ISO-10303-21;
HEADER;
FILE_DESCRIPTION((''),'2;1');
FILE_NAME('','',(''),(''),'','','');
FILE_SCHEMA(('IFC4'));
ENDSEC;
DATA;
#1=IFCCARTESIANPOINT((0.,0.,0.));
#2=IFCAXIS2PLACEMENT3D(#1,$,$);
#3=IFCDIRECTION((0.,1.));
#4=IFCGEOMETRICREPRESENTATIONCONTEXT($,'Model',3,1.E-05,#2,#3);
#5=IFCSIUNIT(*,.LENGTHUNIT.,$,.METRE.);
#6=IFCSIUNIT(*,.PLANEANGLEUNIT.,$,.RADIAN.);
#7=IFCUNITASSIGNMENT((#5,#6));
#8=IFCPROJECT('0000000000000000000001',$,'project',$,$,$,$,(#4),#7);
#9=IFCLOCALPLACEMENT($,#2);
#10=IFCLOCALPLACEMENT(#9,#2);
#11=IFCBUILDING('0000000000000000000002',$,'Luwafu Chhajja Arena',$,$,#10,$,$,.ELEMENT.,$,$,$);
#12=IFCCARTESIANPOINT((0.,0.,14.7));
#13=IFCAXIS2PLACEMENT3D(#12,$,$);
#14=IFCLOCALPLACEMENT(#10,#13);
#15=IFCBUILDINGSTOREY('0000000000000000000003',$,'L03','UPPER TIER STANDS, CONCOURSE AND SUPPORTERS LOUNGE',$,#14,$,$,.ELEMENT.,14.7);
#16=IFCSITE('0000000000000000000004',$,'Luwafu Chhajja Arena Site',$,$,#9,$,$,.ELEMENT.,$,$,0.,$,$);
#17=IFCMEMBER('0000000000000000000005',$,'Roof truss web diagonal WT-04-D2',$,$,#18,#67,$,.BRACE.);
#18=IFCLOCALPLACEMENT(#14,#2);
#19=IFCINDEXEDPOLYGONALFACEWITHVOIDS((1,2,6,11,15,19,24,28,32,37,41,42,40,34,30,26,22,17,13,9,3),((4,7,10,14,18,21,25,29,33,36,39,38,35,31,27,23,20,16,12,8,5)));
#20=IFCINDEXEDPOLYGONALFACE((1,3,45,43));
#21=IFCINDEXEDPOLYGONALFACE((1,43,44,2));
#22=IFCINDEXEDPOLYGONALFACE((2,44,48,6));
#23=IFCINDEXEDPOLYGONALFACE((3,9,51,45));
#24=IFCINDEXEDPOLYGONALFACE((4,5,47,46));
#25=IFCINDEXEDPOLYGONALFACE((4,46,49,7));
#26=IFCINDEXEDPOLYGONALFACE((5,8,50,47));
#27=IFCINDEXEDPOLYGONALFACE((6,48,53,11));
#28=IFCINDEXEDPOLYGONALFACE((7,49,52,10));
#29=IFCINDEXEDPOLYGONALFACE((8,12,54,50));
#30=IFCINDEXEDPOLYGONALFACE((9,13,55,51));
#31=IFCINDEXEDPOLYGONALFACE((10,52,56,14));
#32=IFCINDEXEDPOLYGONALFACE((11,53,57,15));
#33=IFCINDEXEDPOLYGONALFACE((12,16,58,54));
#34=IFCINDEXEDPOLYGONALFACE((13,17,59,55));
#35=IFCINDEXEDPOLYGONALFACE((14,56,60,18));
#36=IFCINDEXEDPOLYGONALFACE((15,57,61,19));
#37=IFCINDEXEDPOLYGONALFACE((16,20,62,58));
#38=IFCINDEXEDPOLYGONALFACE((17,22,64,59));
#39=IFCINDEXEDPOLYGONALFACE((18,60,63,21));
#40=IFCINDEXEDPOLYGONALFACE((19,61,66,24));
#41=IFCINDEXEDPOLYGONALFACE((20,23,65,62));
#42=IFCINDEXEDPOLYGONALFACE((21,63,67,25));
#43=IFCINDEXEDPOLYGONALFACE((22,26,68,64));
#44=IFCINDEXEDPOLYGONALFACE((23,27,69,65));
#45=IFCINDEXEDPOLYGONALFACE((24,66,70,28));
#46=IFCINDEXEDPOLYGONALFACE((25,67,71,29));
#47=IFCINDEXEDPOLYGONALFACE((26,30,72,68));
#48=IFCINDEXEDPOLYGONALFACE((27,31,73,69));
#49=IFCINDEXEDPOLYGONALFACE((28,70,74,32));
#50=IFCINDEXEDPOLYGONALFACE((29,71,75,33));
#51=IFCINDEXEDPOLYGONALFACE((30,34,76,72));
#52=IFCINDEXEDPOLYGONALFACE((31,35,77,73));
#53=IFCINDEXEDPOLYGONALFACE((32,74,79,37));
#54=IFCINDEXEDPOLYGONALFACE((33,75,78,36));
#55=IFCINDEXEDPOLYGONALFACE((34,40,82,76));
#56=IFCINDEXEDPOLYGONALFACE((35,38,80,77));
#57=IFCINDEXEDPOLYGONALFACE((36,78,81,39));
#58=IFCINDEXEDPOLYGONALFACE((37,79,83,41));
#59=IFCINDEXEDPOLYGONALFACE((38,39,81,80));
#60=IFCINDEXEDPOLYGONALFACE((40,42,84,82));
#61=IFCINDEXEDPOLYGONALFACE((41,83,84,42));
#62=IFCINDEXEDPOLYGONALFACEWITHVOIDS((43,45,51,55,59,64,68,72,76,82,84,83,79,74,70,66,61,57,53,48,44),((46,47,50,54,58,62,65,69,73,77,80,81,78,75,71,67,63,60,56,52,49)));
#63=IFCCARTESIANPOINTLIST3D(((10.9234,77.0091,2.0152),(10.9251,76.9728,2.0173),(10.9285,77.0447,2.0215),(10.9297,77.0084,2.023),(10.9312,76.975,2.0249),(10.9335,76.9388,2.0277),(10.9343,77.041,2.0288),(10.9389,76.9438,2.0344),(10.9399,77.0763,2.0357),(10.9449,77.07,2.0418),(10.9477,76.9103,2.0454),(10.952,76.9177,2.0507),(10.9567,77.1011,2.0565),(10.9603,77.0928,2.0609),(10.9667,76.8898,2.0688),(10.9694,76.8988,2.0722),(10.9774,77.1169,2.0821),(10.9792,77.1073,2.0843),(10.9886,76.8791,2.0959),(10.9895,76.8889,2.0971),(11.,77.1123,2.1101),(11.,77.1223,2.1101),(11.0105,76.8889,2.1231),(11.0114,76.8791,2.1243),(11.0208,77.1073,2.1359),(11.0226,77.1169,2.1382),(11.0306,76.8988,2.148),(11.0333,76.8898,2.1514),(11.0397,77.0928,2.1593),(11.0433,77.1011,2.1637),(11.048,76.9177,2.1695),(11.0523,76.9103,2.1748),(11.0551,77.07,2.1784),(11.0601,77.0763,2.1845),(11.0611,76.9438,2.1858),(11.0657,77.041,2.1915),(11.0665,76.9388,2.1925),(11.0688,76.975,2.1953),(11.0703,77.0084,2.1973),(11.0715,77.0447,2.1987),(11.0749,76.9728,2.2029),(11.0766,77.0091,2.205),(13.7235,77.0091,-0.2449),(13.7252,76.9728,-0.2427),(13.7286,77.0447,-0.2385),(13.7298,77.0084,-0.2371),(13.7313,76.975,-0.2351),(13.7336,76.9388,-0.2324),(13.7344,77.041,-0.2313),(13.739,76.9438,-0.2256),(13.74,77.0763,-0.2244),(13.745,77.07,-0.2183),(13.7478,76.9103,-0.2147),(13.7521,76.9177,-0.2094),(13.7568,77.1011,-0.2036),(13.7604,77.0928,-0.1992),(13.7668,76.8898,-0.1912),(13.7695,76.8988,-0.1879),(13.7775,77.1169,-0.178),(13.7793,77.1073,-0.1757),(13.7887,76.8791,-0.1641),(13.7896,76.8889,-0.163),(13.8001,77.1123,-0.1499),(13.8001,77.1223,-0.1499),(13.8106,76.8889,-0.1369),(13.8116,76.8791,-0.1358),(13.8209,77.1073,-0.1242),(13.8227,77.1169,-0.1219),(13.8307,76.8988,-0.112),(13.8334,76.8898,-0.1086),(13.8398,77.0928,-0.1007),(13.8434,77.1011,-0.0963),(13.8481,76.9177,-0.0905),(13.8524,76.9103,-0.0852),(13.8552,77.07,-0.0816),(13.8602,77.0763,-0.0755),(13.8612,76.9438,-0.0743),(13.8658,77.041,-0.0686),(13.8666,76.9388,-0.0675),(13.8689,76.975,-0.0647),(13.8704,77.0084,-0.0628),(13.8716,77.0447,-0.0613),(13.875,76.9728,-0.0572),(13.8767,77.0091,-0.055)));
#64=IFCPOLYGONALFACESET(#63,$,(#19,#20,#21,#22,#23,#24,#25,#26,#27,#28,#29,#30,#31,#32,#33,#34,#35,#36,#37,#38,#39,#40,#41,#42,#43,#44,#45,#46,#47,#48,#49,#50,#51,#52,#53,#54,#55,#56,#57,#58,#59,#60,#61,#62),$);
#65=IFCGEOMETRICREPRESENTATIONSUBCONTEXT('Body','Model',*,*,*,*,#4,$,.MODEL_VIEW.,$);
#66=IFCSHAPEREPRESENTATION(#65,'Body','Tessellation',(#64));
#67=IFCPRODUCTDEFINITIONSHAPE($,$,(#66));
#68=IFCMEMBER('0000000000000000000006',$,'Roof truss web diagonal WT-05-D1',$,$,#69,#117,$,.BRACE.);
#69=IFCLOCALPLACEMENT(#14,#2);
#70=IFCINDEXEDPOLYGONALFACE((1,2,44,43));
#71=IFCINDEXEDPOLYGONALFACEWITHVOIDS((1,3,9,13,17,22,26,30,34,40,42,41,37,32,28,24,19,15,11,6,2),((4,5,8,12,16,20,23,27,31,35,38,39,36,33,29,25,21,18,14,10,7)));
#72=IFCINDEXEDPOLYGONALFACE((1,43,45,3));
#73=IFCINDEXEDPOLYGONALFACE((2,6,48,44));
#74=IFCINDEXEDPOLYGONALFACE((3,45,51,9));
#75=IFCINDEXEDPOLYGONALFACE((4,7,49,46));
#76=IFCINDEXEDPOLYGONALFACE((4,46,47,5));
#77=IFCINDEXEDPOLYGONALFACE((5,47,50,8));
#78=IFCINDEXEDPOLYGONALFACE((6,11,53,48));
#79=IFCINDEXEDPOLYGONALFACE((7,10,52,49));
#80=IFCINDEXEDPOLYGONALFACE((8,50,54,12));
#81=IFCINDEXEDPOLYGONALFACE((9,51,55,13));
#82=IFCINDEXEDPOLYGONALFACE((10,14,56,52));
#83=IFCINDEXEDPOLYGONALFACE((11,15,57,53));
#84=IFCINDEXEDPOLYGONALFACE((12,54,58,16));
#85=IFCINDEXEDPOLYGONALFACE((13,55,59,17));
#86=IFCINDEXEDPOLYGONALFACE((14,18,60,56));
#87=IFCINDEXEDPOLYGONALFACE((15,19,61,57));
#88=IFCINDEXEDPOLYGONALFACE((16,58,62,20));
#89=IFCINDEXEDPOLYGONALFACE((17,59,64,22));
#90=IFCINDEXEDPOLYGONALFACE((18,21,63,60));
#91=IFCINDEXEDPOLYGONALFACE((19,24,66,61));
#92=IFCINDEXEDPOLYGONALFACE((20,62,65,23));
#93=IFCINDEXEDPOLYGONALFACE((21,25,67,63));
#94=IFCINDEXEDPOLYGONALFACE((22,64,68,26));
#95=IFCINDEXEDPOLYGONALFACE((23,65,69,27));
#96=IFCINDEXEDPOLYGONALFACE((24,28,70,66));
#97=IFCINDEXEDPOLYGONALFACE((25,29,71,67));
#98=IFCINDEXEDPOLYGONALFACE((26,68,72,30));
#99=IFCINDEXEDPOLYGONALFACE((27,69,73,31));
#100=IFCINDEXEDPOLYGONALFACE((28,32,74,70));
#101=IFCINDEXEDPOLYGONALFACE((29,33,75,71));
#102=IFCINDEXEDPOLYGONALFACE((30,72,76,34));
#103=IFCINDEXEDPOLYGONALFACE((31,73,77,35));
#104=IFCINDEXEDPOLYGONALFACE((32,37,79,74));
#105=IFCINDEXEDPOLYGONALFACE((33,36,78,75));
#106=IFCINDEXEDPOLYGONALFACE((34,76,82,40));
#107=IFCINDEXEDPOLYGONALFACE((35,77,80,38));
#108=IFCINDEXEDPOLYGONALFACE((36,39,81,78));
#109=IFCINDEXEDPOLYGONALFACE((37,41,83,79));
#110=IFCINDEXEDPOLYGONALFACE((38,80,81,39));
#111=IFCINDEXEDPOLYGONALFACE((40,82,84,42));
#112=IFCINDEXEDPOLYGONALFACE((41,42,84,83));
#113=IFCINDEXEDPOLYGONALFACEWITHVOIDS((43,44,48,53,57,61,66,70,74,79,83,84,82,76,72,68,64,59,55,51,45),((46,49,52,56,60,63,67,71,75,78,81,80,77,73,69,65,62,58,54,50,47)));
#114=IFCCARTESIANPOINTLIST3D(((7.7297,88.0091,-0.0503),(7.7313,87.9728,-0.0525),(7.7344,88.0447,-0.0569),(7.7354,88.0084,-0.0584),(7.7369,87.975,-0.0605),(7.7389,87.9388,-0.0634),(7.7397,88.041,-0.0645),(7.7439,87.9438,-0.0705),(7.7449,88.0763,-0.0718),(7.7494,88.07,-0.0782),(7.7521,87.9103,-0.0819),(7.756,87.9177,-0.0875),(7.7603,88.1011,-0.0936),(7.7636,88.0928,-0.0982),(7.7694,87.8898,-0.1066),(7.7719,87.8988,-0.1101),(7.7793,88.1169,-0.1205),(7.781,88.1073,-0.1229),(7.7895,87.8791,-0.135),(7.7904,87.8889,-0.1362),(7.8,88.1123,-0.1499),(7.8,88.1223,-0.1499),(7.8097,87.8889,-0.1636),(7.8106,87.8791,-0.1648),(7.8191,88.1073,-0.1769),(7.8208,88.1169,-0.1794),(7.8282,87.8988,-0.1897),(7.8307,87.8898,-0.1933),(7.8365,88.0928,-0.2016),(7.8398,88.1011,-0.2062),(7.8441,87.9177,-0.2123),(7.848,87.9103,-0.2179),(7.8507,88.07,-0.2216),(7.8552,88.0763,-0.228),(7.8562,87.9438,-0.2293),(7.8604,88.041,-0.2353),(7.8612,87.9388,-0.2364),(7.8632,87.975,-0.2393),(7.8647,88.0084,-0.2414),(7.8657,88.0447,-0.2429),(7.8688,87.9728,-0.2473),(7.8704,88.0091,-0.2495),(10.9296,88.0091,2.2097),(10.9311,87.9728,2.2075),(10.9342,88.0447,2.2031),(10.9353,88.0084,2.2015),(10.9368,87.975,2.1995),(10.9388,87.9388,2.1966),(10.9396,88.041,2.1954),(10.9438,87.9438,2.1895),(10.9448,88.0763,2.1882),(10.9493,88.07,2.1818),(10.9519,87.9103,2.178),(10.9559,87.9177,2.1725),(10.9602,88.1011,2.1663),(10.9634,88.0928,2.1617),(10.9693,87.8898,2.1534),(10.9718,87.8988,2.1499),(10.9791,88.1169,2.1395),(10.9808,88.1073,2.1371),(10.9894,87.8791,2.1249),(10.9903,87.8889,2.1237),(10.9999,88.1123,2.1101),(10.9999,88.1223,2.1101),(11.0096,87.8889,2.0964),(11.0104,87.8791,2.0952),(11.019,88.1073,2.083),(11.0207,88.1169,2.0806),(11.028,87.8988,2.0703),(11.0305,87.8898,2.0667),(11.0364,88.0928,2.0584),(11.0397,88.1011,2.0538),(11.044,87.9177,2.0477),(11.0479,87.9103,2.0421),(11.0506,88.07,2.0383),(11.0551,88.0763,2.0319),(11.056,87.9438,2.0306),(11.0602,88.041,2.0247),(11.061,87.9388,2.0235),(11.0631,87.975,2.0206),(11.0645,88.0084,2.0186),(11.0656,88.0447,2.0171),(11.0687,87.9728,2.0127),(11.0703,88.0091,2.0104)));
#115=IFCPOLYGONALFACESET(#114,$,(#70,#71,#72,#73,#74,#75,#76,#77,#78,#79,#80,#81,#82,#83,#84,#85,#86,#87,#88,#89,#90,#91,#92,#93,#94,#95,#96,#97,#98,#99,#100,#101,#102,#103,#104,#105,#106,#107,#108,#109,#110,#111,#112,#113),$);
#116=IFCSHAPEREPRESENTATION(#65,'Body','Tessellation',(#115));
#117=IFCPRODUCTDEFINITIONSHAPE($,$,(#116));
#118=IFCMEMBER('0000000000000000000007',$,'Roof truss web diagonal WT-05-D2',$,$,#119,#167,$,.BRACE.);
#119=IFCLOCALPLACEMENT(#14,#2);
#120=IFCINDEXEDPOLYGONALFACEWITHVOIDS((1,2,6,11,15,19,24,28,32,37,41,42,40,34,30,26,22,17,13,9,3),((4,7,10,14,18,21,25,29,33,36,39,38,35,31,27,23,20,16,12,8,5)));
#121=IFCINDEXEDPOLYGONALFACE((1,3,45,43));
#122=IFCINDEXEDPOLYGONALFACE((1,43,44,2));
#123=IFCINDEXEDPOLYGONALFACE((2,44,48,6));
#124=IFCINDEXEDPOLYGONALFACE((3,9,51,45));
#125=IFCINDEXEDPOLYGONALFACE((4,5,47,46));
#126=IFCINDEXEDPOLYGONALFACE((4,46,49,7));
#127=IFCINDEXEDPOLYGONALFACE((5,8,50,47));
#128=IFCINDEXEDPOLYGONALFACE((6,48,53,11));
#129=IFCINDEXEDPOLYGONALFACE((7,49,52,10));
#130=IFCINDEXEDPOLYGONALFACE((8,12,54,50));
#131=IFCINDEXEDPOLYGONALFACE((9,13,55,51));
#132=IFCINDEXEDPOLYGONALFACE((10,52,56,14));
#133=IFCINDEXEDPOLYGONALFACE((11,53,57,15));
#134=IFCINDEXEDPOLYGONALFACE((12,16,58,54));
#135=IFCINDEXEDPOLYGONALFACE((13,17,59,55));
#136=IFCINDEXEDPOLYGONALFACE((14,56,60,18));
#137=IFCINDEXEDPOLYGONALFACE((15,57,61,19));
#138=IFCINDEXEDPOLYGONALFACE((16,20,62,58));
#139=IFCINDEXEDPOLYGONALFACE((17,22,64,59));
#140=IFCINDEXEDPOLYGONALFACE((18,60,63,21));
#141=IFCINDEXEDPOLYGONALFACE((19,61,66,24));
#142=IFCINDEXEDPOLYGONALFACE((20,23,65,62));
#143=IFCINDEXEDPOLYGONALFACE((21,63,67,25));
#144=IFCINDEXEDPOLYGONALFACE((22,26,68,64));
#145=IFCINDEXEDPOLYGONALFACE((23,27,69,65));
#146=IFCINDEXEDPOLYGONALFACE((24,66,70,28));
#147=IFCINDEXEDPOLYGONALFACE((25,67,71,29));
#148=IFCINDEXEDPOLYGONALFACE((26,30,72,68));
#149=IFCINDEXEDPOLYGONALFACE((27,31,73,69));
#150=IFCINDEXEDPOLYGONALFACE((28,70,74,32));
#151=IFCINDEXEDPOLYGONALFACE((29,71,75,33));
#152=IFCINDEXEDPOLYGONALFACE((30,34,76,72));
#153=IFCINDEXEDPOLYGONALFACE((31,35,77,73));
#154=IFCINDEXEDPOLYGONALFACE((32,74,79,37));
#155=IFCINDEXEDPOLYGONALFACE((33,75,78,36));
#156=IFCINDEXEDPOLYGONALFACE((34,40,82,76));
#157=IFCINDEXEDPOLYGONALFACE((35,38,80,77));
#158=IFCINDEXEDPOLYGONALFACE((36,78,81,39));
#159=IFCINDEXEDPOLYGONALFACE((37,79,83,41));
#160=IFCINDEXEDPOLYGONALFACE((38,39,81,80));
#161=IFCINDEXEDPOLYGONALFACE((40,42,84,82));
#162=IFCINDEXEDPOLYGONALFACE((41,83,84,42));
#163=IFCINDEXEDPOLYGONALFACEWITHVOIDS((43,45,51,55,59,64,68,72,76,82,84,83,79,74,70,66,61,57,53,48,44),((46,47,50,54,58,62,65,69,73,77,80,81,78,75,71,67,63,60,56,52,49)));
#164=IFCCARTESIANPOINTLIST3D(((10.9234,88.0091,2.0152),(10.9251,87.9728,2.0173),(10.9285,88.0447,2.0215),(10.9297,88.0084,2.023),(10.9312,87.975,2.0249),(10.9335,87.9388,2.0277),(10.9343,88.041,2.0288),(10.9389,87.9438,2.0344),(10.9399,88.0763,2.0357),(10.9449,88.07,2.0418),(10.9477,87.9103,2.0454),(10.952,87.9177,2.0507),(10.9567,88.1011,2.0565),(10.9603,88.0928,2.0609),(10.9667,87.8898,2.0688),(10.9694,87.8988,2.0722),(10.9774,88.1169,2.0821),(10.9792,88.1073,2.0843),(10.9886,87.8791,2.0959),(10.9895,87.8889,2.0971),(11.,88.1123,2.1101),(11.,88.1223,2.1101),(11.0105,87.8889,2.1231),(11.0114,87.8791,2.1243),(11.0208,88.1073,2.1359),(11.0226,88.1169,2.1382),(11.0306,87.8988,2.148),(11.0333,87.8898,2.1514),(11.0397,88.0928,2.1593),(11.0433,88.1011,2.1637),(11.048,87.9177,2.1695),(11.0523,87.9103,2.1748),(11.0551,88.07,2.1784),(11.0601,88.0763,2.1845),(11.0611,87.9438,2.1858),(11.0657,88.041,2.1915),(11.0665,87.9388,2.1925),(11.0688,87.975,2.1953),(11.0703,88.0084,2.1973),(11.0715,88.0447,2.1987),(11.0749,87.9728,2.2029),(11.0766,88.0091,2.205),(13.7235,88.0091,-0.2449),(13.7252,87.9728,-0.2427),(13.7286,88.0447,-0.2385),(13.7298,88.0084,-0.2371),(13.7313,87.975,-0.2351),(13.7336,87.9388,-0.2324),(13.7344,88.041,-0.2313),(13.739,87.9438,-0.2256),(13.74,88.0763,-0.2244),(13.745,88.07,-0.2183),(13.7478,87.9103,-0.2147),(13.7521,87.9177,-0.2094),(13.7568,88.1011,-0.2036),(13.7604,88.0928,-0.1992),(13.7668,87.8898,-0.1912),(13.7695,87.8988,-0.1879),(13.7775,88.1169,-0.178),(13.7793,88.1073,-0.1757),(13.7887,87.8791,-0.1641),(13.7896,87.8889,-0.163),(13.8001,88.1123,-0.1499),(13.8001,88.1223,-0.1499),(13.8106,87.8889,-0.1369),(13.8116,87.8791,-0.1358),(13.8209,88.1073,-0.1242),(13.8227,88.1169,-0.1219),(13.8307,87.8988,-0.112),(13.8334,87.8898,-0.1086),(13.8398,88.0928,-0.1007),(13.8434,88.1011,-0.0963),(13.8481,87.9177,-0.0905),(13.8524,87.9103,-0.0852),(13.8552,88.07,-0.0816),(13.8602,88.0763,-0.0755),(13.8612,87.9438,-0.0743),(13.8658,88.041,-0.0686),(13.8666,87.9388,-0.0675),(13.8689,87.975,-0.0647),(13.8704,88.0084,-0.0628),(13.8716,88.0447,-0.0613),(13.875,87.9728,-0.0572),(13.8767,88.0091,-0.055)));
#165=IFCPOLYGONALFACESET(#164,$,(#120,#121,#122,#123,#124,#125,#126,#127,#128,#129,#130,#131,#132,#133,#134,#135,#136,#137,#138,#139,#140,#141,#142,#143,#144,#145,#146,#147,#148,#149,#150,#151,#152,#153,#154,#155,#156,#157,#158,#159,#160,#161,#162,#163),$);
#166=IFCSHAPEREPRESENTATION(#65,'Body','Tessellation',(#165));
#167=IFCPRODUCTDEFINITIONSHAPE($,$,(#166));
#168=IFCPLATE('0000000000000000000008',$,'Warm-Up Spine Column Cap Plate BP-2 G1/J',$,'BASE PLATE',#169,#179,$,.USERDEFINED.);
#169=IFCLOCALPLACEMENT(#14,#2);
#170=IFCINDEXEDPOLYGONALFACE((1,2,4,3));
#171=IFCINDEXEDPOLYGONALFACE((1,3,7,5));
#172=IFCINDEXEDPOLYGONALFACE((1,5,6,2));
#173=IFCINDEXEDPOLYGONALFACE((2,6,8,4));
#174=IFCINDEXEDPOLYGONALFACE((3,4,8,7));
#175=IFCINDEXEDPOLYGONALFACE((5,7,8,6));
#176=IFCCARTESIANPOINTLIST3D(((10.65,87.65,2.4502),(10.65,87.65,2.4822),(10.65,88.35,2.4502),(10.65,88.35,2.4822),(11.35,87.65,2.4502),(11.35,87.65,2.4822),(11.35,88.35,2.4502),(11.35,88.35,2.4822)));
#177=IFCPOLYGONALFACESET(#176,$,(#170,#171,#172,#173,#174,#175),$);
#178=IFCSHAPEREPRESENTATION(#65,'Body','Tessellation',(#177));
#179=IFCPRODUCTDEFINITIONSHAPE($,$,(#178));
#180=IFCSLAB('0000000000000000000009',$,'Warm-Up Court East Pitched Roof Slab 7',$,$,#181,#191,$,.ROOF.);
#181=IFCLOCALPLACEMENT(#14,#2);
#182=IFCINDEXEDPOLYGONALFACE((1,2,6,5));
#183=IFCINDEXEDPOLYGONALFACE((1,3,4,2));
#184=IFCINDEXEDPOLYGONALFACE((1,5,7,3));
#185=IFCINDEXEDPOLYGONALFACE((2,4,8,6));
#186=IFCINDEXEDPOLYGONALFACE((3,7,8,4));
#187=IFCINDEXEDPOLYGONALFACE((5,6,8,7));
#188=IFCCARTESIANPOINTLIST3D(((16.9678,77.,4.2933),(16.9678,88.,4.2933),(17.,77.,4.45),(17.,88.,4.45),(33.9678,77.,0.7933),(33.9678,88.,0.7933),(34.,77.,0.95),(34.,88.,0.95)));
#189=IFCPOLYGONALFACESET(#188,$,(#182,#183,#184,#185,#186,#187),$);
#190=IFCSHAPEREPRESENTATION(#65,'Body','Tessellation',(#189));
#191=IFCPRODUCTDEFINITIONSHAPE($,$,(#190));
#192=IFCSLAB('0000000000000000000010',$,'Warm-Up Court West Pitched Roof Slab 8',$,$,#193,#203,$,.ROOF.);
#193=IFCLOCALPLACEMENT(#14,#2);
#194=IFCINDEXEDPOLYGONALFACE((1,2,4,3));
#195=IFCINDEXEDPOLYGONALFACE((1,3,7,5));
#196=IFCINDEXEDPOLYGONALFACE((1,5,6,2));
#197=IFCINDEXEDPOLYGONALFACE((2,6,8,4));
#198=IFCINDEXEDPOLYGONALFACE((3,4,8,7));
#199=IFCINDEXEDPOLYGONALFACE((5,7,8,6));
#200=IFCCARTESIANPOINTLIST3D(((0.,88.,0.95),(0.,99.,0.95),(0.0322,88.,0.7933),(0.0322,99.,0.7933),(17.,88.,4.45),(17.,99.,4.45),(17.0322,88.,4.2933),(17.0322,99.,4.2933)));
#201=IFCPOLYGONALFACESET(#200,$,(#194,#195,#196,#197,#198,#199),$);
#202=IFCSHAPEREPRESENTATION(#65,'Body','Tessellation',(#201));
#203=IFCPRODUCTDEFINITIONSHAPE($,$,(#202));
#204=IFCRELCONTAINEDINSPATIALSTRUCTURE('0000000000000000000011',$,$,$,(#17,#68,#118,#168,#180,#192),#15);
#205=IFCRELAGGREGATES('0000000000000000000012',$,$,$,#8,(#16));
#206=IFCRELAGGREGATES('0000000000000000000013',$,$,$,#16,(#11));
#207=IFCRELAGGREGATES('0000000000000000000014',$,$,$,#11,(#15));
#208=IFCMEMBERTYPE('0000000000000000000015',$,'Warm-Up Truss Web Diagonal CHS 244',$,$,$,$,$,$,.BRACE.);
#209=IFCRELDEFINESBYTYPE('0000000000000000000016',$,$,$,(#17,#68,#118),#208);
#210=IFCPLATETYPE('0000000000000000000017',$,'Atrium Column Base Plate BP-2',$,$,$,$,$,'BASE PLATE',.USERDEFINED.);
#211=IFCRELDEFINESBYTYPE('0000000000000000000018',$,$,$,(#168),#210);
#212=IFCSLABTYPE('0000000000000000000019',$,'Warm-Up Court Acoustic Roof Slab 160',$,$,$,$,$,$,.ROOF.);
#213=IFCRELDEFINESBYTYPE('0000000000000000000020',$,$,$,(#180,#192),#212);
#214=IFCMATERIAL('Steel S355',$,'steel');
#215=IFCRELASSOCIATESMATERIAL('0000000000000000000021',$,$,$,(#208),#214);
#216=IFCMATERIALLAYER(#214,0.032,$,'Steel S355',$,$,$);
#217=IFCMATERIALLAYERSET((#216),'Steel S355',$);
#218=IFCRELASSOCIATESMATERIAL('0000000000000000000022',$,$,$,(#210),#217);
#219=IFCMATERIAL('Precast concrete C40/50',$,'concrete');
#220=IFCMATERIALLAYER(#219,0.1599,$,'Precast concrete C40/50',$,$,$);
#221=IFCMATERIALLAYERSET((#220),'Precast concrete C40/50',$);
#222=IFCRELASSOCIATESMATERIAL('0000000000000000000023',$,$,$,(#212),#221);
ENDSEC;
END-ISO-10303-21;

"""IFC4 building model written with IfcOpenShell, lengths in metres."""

from ifc_helpers import new_model, si_unit, direction, frame, origin, origin_2d, place, context, subcontext, project, spatial, polyline, rectangle, hollow_circle, outline, extrude, material, layer, layer_set, material_profile, profile_set, type_object, element, save


model = new_model("IFC4")

# Units and contexts
model_context = context("Model", 3, precision=1e-05, world=origin(), true_north=direction((0.0, 1.0)))
body_context = subcontext(model_context, "Body", "Model", "MODEL_VIEW")
ifc_project = project(units=[si_unit("LENGTHUNIT", "METRE"), si_unit("PLANEANGLEUNIT", "RADIAN")], contexts=[model_context])

# Site, building, storey
site_placement = place(None, origin())
site = spatial("IfcSite", under=ifc_project, at=site_placement, Name="Luwafu Chhajja Arena Site", CompositionType="ELEMENT", RefElevation=0.0)
building_placement = place(site_placement, origin())
building = spatial("IfcBuilding", under=site, at=building_placement, Name="Luwafu Chhajja Arena", CompositionType="ELEMENT")
storey_placement = place(building_placement, frame((0.0, 0.0, 14.7)))
storey = spatial("IfcBuildingStorey", under=building, at=storey_placement, Name="L03", Description="UPPER TIER STANDS, CONCOURSE AND SUPPORTERS LOUNGE", CompositionType="ELEMENT", Elevation=14.7)

# Shared definitions
ifc_material_1 = material(Name="Steel S355", Category="steel")

# Members
ifc_material_profile_1 = material_profile(ifc_material_1, hollow_circle(Radius=0.1223, WallThickness=0.01, at=origin_2d()), Name="CHS 244.5x10")
ifc_profile_set_1 = profile_set([ifc_material_profile_1], Name="Steel S355")
member_type_1 = type_object("IfcMemberType", Name="Warm-Up Truss Web Diagonal CHS 244", PredefinedType="BRACE", material=ifc_profile_set_1)
member_1_placement = place(storey_placement, frame((11.0, 77.0, 2.1101), z_axis=(0.778154, 0.0, -0.628073), x_axis=(0.0, 1.0, 0.0)))
element("IfcMember", 1, at=member_1_placement, inside=storey, type_object=member_type_1, Name="Roof truss web diagonal WT-04-D2", PredefinedType="BRACE", context=body_context, shape_type="SweptSolid", body=[
    extrude(hollow_circle(Radius=0.1223, WallThickness=0.01, at=origin_2d()), origin(), (0.0, 0.0, 1.0), 3.5984),
])
member_2_placement = place(storey_placement, frame((7.8, 88.0, -0.1499), z_axis=(0.816821, 0.0, 0.576891), x_axis=(0.0, 1.0, 0.0)))
element("IfcMember", 2, at=member_2_placement, inside=storey, type_object=member_type_1, Name="Roof truss web diagonal WT-05-D1", PredefinedType="BRACE", context=body_context, shape_type="SweptSolid", body=[
    extrude(hollow_circle(Radius=0.1223, WallThickness=0.01, at=origin_2d()), origin(), (0.0, 0.0, 1.0), 3.9175),
])
member_3_placement = place(storey_placement, frame((11.0, 88.0, 2.1101), z_axis=(0.778154, 0.0, -0.628073), x_axis=(0.0, 1.0, 0.0)))
element("IfcMember", 3, at=member_3_placement, inside=storey, type_object=member_type_1, Name="Roof truss web diagonal WT-05-D2", PredefinedType="BRACE", context=body_context, shape_type="SweptSolid", body=[
    extrude(hollow_circle(Radius=0.1223, WallThickness=0.01, at=origin_2d()), origin(), (0.0, 0.0, 1.0), 3.5984),
])

# Plate
ifc_layer_1 = layer(ifc_material_1, 0.032, Name="Steel S355")
ifc_layer_set_1 = layer_set([ifc_layer_1], Name="Steel S355")
plate_type_1 = type_object("IfcPlateType", Name="Atrium Column Base Plate BP-2", ElementType="BASE PLATE", PredefinedType="USERDEFINED", material=ifc_layer_set_1)
plate_placement = place(storey_placement, frame((11.0, 88.0, 2.4502), z_axis=(0.0, 0.0, 1.0), x_axis=(1.0, 0.0, 0.0)))
element("IfcPlate", 4, at=plate_placement, inside=storey, type_object=plate_type_1, Name="Warm-Up Spine Column Cap Plate BP-2 G1/J", ObjectType="BASE PLATE", PredefinedType="USERDEFINED", context=body_context, shape_type="SweptSolid", body=[
    extrude(rectangle(XDim=0.7, YDim=0.7, at=origin_2d()), origin(), (0.0, 0.0, 1.0), 0.032),
])

# Slabs
ifc_material_2 = material(Name="Precast concrete C40/50", Category="concrete")
ifc_layer_2 = layer(ifc_material_2, 0.1599, Name="Precast concrete C40/50")
ifc_layer_set_2 = layer_set([ifc_layer_2], Name="Precast concrete C40/50")
slab_type = type_object("IfcSlabType", Name="Warm-Up Court Acoustic Roof Slab 160", PredefinedType="ROOF", material=ifc_layer_set_2)
for number, where, z_axis, x_axis, name in (
    (5, (17.0, 77.0, 4.45), (0.201653, 0.0, 0.979457), (0.979457, 0.0, -0.201653), "Warm-Up Court East Pitched Roof Slab 7"),
    (6, (0.0, 88.0, 0.95), (-0.201653, 0.0, 0.979457), (0.979457, 0.0, 0.201653), "Warm-Up Court West Pitched Roof Slab 8"),
):
    element("IfcSlab", number, at=place(storey_placement, frame(where, z_axis=z_axis, x_axis=x_axis)), inside=storey, type_object=slab_type, Name=name, PredefinedType="ROOF", context=body_context, shape_type="SweptSolid", body=[
        extrude(outline(polyline([(0.0, 0.0), (17.3566, 0.0), (17.3566, 11.0), (0.0, 11.0), (0.0, 0.0)])), origin(), (0.0, 0.0, -1.0), 0.1599),
    ])

save(model, "model.ifc")
